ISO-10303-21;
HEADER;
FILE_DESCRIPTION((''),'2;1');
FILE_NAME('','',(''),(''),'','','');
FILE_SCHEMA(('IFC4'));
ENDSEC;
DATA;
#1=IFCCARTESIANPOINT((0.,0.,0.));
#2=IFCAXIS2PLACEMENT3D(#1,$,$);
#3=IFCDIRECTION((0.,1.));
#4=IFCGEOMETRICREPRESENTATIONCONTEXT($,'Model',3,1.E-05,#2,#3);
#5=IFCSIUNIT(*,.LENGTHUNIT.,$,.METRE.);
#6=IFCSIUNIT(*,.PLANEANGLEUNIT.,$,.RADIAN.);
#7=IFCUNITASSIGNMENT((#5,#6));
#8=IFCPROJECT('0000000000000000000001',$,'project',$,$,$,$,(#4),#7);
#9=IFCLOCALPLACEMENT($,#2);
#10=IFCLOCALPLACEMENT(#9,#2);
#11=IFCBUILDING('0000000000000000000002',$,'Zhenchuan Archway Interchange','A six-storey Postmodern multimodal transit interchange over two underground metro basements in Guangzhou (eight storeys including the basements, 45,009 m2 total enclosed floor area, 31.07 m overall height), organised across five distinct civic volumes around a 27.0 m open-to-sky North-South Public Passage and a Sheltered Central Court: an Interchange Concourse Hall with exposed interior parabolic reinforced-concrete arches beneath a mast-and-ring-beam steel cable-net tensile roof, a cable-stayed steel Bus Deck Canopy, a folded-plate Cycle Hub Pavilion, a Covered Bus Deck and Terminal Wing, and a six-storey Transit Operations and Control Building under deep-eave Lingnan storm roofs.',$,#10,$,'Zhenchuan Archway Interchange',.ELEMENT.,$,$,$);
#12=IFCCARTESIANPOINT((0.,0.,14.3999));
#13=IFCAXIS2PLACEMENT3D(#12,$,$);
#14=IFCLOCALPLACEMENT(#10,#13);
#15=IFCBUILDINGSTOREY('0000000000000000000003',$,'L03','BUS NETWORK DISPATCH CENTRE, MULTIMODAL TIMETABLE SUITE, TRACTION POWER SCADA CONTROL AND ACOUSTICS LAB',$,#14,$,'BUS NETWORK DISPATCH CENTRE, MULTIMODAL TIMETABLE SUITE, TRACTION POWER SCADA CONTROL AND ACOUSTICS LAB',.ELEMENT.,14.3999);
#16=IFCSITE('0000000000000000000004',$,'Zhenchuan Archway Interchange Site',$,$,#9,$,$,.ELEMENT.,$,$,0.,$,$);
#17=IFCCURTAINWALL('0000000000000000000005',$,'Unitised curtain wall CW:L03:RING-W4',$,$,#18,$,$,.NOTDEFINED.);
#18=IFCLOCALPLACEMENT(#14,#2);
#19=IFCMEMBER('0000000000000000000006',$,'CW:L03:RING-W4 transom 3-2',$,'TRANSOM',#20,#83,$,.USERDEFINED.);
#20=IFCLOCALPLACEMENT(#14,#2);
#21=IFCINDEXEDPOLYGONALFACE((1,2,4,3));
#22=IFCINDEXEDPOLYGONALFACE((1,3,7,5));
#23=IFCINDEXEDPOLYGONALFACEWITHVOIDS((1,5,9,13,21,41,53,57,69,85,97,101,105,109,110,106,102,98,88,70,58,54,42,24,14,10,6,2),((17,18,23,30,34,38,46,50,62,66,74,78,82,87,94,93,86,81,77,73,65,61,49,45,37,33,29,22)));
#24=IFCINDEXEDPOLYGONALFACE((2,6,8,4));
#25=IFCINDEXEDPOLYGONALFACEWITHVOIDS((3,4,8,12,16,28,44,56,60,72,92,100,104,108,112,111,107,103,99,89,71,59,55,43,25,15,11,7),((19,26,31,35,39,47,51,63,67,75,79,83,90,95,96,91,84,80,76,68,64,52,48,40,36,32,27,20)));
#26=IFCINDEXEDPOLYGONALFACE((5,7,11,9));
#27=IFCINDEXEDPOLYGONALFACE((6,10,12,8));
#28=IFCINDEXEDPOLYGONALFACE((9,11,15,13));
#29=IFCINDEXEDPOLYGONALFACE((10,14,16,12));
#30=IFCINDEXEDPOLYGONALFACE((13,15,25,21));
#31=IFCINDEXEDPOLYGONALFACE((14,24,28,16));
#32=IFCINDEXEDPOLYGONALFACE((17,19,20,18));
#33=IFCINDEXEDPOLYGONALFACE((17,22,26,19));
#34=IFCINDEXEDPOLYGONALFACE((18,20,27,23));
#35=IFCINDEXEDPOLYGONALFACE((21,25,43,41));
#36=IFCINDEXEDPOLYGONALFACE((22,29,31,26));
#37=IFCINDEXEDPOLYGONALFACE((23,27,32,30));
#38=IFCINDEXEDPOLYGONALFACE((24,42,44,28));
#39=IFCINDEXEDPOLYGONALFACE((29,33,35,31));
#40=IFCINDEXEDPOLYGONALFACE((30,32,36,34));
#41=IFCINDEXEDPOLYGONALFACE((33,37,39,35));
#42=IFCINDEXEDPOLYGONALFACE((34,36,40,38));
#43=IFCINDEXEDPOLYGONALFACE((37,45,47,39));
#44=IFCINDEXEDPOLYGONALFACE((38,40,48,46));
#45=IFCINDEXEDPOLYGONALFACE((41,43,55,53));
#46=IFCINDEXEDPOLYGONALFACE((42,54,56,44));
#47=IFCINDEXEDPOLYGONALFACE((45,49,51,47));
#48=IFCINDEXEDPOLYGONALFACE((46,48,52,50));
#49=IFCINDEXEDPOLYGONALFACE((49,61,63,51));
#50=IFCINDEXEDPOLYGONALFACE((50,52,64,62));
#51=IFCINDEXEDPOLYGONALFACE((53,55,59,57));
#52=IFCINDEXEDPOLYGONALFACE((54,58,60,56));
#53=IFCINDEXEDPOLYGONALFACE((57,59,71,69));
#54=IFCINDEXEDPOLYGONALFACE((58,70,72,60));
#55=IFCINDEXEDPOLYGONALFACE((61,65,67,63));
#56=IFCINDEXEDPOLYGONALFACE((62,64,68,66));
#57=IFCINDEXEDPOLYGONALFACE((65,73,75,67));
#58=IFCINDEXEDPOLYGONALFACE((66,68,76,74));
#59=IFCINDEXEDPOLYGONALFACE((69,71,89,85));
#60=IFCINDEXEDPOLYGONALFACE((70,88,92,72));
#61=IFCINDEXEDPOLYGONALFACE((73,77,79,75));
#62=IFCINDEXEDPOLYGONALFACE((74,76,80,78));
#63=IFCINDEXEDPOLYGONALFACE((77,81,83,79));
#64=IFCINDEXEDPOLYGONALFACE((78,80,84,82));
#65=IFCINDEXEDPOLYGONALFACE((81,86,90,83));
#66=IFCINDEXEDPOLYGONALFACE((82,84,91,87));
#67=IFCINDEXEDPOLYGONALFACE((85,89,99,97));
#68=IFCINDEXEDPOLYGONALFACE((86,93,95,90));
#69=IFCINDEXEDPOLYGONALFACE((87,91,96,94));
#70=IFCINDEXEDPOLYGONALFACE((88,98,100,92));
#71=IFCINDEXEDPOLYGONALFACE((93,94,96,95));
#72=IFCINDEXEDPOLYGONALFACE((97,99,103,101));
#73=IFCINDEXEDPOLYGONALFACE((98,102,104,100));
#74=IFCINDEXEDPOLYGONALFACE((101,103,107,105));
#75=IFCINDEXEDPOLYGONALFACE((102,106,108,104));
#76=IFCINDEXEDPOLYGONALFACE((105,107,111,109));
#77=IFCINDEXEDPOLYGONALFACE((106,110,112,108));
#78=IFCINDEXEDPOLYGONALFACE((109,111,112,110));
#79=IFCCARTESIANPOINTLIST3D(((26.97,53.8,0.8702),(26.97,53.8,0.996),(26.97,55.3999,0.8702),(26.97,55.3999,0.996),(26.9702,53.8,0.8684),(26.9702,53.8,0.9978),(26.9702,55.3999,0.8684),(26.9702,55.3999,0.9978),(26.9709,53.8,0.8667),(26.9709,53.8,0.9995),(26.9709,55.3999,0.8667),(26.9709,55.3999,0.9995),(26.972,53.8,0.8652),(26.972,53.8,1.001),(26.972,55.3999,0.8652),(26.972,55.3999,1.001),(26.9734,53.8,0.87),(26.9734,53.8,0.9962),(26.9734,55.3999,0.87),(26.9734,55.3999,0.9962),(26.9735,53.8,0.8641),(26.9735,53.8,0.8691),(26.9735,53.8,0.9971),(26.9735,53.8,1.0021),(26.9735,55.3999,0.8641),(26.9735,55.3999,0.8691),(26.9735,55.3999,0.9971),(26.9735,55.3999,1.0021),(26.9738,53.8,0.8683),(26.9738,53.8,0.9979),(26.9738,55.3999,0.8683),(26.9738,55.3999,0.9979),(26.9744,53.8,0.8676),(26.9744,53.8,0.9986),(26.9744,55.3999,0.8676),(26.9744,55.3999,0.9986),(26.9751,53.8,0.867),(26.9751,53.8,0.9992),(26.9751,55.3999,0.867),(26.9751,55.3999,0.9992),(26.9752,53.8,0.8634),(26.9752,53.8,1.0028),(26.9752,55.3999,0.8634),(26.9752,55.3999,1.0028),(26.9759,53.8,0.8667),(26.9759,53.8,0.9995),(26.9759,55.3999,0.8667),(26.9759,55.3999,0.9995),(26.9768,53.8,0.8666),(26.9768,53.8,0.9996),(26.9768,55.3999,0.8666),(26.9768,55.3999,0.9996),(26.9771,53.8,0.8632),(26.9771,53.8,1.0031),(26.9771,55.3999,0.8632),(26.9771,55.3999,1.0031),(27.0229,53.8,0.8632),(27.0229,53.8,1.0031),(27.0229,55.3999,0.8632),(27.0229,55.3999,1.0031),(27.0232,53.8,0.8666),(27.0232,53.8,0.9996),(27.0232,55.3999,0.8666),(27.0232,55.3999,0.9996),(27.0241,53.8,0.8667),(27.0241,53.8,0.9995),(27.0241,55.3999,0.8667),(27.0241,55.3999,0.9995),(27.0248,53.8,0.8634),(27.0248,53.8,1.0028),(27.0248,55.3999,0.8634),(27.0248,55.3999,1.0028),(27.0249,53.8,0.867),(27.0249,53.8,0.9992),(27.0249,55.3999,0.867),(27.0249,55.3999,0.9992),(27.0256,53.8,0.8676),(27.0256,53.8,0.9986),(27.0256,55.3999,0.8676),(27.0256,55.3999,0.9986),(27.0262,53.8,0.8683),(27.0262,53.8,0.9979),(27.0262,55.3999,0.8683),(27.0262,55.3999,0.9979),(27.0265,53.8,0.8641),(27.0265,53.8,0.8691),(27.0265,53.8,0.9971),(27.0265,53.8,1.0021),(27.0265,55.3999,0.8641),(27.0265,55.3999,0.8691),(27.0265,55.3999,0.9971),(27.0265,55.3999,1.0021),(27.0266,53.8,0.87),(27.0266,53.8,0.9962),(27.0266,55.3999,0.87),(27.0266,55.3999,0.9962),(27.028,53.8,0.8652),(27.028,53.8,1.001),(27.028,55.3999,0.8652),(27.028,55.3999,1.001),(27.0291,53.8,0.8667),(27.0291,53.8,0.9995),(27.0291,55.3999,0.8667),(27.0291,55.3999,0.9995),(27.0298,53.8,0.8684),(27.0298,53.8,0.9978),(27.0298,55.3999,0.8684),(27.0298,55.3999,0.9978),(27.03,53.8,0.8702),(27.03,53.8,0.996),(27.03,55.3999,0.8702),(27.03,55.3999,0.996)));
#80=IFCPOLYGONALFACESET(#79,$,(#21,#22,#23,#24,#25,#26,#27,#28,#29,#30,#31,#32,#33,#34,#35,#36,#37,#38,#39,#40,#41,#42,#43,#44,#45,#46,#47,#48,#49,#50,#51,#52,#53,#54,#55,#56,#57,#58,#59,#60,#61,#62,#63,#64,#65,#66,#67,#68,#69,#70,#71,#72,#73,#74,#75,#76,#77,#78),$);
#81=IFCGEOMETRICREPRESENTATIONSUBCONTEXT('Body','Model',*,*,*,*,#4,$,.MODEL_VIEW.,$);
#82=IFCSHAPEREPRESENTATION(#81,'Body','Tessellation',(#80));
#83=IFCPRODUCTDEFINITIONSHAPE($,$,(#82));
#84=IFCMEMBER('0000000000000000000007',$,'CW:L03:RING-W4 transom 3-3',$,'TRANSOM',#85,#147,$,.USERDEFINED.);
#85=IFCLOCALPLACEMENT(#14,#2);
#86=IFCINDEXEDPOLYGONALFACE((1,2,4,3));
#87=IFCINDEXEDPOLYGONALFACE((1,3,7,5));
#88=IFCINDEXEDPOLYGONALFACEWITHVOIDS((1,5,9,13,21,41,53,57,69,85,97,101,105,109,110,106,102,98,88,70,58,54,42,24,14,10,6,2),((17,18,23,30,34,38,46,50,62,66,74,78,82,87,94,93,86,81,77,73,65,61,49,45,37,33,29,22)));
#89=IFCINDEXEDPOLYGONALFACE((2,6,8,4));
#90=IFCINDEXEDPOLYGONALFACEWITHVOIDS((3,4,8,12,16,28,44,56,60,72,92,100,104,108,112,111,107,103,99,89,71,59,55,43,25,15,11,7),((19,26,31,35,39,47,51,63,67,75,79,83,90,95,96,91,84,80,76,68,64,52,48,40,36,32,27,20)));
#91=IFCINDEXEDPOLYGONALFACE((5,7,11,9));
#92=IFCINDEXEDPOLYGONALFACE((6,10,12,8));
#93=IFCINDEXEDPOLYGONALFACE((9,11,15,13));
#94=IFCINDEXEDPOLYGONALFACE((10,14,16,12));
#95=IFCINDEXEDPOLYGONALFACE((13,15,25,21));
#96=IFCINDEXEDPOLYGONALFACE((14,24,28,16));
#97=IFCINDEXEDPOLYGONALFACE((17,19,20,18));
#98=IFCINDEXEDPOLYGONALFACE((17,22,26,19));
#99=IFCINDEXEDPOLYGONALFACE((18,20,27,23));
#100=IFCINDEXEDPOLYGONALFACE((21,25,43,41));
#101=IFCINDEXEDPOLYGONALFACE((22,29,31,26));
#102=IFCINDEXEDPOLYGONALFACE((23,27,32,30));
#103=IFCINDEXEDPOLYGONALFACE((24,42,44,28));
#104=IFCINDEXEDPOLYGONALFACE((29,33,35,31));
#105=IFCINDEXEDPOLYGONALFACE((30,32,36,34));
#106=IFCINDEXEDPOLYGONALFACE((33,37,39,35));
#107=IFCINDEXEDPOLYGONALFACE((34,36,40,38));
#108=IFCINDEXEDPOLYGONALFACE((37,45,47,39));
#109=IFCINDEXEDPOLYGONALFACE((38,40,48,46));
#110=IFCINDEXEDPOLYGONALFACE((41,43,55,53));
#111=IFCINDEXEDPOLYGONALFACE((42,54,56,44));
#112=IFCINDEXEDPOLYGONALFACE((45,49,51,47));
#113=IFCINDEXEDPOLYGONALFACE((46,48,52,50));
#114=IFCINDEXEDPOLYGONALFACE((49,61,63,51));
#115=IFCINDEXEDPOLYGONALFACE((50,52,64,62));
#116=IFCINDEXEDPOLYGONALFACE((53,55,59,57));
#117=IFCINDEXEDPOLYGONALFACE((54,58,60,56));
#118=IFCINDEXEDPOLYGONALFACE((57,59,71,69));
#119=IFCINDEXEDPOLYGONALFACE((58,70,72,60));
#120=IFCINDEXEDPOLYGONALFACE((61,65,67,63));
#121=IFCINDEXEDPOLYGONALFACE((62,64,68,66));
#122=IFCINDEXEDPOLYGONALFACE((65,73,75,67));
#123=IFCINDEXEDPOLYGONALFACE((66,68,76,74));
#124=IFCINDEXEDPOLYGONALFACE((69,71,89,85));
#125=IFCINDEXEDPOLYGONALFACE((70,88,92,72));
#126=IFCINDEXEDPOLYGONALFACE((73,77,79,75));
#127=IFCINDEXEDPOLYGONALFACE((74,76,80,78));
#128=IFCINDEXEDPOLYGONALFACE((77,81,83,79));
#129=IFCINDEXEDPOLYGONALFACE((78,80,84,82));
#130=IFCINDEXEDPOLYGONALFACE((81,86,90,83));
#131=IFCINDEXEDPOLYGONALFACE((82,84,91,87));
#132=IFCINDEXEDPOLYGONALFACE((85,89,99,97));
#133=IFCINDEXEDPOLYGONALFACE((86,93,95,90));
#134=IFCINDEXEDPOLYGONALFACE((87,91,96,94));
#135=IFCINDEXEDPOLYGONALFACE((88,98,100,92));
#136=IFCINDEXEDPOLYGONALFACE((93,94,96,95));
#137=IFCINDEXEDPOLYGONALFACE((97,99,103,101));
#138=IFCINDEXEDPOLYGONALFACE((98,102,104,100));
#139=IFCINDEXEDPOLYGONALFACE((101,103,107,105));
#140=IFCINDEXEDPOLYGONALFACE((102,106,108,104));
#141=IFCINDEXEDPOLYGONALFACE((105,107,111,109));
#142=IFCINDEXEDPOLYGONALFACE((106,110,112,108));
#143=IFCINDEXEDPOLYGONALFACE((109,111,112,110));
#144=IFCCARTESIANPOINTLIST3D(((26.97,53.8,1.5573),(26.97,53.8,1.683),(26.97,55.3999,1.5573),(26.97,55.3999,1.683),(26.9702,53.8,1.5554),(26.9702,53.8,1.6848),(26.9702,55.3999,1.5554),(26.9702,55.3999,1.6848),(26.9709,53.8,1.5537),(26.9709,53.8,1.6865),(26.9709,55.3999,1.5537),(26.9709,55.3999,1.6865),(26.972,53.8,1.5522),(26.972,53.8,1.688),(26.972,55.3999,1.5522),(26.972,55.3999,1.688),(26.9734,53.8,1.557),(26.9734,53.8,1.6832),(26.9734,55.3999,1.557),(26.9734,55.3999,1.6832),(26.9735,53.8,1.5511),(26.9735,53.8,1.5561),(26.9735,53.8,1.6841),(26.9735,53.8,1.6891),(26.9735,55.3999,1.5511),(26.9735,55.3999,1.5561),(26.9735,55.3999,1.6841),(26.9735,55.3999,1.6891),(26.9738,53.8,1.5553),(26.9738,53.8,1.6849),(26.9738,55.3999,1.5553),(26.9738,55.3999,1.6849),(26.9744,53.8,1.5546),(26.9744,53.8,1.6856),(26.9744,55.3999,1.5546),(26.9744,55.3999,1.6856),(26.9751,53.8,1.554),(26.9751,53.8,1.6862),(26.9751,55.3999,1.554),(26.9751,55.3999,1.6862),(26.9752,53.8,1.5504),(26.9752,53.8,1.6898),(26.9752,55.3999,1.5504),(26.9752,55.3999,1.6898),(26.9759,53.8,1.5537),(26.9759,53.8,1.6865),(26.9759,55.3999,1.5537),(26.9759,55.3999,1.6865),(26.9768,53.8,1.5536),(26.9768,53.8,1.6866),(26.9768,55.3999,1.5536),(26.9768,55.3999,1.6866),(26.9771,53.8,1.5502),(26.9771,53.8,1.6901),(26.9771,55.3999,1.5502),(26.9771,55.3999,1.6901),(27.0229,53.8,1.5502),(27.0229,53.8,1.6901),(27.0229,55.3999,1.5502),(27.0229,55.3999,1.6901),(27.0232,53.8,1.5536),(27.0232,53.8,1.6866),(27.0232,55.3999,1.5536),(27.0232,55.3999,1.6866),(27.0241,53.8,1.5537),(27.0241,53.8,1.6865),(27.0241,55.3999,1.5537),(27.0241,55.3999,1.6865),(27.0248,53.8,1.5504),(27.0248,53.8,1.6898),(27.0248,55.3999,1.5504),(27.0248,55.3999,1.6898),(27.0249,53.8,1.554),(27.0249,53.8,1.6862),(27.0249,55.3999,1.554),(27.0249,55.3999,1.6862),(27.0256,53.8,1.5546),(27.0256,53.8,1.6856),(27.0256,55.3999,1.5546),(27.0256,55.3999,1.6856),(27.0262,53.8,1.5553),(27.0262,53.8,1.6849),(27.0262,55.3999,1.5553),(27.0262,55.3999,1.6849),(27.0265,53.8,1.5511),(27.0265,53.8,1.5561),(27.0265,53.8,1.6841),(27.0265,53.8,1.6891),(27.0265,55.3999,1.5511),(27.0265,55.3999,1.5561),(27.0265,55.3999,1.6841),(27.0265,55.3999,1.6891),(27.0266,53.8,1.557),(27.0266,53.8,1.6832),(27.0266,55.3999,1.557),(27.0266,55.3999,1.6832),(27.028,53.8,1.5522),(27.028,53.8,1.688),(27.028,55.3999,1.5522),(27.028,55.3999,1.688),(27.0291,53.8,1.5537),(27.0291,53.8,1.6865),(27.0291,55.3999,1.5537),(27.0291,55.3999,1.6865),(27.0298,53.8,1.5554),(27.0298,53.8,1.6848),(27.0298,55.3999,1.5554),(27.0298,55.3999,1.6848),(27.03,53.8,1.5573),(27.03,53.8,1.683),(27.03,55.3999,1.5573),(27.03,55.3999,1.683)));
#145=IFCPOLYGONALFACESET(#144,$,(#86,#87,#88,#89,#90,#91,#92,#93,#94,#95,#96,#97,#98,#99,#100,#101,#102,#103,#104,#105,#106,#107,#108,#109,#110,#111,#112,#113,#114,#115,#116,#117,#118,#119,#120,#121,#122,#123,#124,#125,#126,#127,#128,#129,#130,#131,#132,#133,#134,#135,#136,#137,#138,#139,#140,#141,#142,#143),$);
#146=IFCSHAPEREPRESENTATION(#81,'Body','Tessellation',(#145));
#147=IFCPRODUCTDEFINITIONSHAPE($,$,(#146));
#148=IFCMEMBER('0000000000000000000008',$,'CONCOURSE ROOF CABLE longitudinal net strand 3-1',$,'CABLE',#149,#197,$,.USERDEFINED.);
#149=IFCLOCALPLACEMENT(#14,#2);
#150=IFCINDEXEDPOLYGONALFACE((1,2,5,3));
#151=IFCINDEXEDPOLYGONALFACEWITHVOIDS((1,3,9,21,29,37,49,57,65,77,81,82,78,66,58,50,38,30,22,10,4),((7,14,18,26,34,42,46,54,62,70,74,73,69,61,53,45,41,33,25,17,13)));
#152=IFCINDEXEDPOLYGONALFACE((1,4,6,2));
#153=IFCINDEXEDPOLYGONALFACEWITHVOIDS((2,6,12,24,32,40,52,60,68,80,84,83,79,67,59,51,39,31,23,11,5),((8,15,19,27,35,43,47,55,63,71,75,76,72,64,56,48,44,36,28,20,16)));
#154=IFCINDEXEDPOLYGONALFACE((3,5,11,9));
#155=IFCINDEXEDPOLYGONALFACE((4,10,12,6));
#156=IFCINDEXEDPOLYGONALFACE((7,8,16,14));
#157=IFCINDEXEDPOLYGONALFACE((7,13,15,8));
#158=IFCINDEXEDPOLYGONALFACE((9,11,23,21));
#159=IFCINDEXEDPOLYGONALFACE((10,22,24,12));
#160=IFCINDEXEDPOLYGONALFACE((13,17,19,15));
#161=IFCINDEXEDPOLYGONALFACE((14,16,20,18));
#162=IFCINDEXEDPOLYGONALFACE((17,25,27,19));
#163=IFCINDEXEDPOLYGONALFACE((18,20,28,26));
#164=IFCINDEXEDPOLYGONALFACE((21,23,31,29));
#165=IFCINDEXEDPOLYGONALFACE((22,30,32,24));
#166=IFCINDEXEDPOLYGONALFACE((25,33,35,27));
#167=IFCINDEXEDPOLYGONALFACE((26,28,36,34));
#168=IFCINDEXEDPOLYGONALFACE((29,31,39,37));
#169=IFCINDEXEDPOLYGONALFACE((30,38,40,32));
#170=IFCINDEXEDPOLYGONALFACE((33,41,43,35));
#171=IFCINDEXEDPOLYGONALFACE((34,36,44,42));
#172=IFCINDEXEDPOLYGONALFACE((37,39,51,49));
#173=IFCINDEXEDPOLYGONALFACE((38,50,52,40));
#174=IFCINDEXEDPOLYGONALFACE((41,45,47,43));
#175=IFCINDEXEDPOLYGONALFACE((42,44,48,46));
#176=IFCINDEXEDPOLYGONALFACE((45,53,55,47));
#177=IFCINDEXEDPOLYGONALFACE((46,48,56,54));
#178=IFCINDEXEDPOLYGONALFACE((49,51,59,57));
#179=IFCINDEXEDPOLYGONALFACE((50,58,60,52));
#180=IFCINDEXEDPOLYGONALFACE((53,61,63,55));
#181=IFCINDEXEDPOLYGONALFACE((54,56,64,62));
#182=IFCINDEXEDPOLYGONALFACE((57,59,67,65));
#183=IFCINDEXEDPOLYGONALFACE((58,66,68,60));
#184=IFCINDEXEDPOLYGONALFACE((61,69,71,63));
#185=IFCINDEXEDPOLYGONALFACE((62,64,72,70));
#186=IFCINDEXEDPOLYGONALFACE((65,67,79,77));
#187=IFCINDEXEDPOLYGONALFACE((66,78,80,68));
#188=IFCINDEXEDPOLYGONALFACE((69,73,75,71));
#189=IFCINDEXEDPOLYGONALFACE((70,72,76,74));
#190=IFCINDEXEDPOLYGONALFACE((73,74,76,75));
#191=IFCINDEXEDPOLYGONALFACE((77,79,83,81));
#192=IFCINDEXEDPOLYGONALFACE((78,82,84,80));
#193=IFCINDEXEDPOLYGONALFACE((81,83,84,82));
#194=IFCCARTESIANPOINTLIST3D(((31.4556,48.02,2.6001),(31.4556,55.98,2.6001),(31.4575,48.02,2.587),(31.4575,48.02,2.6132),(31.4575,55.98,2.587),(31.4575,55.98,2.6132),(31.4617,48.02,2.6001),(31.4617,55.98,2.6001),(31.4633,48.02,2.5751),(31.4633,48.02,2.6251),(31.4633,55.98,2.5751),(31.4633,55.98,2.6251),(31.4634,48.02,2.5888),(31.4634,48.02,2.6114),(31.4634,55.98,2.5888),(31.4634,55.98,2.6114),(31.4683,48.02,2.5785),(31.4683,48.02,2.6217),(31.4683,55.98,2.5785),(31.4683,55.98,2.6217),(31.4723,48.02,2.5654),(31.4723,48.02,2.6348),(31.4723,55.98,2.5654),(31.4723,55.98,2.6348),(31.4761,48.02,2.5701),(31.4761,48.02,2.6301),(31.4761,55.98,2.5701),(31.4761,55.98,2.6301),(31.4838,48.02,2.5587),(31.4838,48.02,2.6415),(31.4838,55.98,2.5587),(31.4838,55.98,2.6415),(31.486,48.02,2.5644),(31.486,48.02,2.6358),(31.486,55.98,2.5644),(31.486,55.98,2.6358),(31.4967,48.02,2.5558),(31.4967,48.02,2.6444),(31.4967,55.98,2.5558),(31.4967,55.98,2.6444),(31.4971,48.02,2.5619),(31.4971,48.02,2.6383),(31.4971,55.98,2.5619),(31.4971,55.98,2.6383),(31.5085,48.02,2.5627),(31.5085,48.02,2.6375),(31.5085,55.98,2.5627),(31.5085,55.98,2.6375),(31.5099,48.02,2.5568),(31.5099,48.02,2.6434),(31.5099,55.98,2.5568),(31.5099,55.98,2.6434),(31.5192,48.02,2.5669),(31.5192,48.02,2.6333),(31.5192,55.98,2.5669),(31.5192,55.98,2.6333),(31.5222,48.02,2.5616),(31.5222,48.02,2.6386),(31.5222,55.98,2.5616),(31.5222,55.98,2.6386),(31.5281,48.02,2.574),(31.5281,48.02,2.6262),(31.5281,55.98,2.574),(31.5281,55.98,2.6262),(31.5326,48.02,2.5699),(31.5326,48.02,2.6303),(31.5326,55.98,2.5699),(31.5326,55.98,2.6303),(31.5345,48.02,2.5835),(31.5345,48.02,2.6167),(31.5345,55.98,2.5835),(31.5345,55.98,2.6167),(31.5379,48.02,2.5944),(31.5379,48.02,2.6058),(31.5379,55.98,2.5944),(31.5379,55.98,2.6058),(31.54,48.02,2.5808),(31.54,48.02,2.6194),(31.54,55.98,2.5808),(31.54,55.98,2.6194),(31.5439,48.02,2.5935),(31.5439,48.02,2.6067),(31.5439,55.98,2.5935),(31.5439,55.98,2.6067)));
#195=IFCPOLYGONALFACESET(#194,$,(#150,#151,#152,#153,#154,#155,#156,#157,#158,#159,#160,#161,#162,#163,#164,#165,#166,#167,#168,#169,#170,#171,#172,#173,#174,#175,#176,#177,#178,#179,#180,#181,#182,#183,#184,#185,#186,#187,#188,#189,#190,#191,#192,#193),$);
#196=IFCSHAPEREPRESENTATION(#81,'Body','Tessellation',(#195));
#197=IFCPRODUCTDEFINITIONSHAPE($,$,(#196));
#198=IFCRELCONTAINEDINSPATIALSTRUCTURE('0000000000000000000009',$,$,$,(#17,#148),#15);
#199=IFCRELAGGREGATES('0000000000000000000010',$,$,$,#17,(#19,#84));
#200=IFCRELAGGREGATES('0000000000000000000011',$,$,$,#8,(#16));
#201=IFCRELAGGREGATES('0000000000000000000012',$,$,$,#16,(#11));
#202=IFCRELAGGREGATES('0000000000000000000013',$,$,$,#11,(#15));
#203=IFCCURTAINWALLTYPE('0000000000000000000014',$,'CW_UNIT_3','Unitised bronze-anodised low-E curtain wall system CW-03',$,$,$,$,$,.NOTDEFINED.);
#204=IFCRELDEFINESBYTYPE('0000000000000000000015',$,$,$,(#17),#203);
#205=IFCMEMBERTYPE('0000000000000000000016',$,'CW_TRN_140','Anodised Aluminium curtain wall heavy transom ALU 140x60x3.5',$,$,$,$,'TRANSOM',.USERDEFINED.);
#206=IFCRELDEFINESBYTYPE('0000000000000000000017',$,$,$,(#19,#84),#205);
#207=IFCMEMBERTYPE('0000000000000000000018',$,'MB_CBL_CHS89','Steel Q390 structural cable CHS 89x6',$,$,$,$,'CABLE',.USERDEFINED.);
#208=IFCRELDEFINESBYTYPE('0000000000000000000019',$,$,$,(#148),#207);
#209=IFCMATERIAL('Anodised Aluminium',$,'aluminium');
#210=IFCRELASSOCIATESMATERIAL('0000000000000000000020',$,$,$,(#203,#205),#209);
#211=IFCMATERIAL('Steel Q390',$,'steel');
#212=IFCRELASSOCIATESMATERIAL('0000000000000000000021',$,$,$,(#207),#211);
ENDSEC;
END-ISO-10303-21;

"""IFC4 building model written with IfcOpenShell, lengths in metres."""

from ifc_helpers import new_model, si_unit, direction, frame, origin, origin_2d, place, context, subcontext, project, spatial, hollow_rectangle, hollow_circle, extrude, material, material_profile, profile_set, type_object, element, aggregate, save


model = new_model("IFC4")

# Units and contexts
model_context = context("Model", 3, precision=1e-05, world=origin(), true_north=direction((0.0, 1.0)))
body_context = subcontext(model_context, "Body", "Model", "MODEL_VIEW")
ifc_project = project(units=[si_unit("LENGTHUNIT", "METRE"), si_unit("PLANEANGLEUNIT", "RADIAN")], contexts=[model_context])

# Site, building, storey
site_placement = place(None, origin())
site = spatial("IfcSite", under=ifc_project, at=site_placement, Name="Zhenchuan Archway Interchange Site", CompositionType="ELEMENT", RefElevation=0.0)
building_placement = place(site_placement, origin())
building = spatial("IfcBuilding", under=site, at=building_placement, Name="Zhenchuan Archway Interchange", Description="A six-storey Postmodern multimodal transit interchange over two underground metro basements in Guangzhou (eight storeys including the basements, 45,009 m2 total enclosed floor area, 31.07 m overall height), organised across five distinct civic volumes around a 27.0 m open-to-sky North-South Public Passage and a Sheltered Central Court: an Interchange Concourse Hall with exposed interior parabolic reinforced-concrete arches beneath a mast-and-ring-beam steel cable-net tensile roof, a cable-stayed steel Bus Deck Canopy, a folded-plate Cycle Hub Pavilion, a Covered Bus Deck and Terminal Wing, and a six-storey Transit Operations and Control Building under deep-eave Lingnan storm roofs.", LongName="Zhenchuan Archway Interchange", CompositionType="ELEMENT")
storey_placement = place(building_placement, frame((0.0, 0.0, 14.3999)))
storey = spatial("IfcBuildingStorey", under=building, at=storey_placement, Name="L03", Description="BUS NETWORK DISPATCH CENTRE, MULTIMODAL TIMETABLE SUITE, TRACTION POWER SCADA CONTROL AND ACOUSTICS LAB", LongName="BUS NETWORK DISPATCH CENTRE, MULTIMODAL TIMETABLE SUITE, TRACTION POWER SCADA CONTROL AND ACOUSTICS LAB", CompositionType="ELEMENT", Elevation=14.3999)

# Shared definitions
ifc_material_1 = material(Name="Steel Q390", Category="steel")

# Shared definitions
ifc_material_2 = material(Name="Anodised Aluminium", Category="aluminium")
curtain_wall_type = type_object("IfcCurtainWallType", Name="CW_UNIT_3", Description="Unitised bronze-anodised low-E curtain wall system CW-03", PredefinedType="NOTDEFINED", material=ifc_material_2)

# Curtain wall, members
curtain_wall_1_placement = place(storey_placement, origin())
curtain_wall_1 = element("IfcCurtainWall", 1, at=curtain_wall_1_placement, inside=storey, type_object=curtain_wall_type, Name="Unitised curtain wall CW:L03:RING-W4", PredefinedType="NOTDEFINED")
ifc_material_profile_1 = material_profile(ifc_material_2, hollow_rectangle(XDim=0.0601, YDim=0.1399, WallThickness=0.0034, InnerFilletRadius=0.0034, OuterFilletRadius=0.0071, at=origin_2d()), Name="ALU 140x60x3.5")
ifc_profile_set_1 = profile_set([ifc_material_profile_1], Name="Anodised Aluminium")
member_type_1 = type_object("IfcMemberType", Name="CW_TRN_140", Description="Anodised Aluminium curtain wall heavy transom ALU 140x60x3.5", ElementType="TRANSOM", PredefinedType="USERDEFINED", material=ifc_profile_set_1)
member_1_placement = place(storey_placement, frame((27.0, 53.8, 0.9331), z_axis=(0.0, 1.0, 0.0), x_axis=(-1.0, 0.0, 0.0)))
member_1 = element("IfcMember", 2, at=member_1_placement, type_object=member_type_1, Name="CW:L03:RING-W4 transom 3-2", ObjectType="TRANSOM", PredefinedType="USERDEFINED", context=body_context, shape_type="SweptSolid", body=[
    extrude(hollow_rectangle(XDim=0.0601, YDim=0.1399, WallThickness=0.0034, InnerFilletRadius=0.0034, OuterFilletRadius=0.0071, at=origin_2d()), origin(), (0.0, 0.0, 1.0), 1.5999),
])
member_2_placement = place(storey_placement, frame((27.0, 53.8, 1.6201), z_axis=(0.0, 1.0, 0.0), x_axis=(-1.0, 0.0, 0.0)))
member_2 = element("IfcMember", 3, at=member_2_placement, type_object=member_type_1, Name="CW:L03:RING-W4 transom 3-3", ObjectType="TRANSOM", PredefinedType="USERDEFINED", context=body_context, shape_type="SweptSolid", body=[
    extrude(hollow_rectangle(XDim=0.0601, YDim=0.1399, WallThickness=0.0034, InnerFilletRadius=0.0034, OuterFilletRadius=0.0071, at=origin_2d()), origin(), (0.0, 0.0, 1.0), 1.5999),
])

# Member
ifc_material_profile_2 = material_profile(ifc_material_1, hollow_circle(Radius=0.0444, WallThickness=0.0061, at=origin_2d()), Name="CHS 89x6")
ifc_profile_set_2 = profile_set([ifc_material_profile_2], Name="Steel Q390")
member_type_2 = type_object("IfcMemberType", Name="MB_CBL_CHS89", Description="Steel Q390 structural cable CHS 89x6", ElementType="CABLE", PredefinedType="USERDEFINED", material=ifc_profile_set_2)
member_3_placement = place(storey_placement, frame((31.5, 48.02, 2.6001), z_axis=(0.0, 1.0, 0.0), x_axis=(-1.0, 0.0, 0.0)))
element("IfcMember", 4, at=member_3_placement, inside=storey, type_object=member_type_2, Name="CONCOURSE ROOF CABLE longitudinal net strand 3-1", ObjectType="CABLE", PredefinedType="USERDEFINED", context=body_context, shape_type="SweptSolid", body=[
    extrude(hollow_circle(Radius=0.0444, WallThickness=0.0061, at=origin_2d()), origin(), (0.0, 0.0, 1.0), 7.96),
])

aggregate(curtain_wall_1, [member_1, member_2])

save(model, "model.ifc")
